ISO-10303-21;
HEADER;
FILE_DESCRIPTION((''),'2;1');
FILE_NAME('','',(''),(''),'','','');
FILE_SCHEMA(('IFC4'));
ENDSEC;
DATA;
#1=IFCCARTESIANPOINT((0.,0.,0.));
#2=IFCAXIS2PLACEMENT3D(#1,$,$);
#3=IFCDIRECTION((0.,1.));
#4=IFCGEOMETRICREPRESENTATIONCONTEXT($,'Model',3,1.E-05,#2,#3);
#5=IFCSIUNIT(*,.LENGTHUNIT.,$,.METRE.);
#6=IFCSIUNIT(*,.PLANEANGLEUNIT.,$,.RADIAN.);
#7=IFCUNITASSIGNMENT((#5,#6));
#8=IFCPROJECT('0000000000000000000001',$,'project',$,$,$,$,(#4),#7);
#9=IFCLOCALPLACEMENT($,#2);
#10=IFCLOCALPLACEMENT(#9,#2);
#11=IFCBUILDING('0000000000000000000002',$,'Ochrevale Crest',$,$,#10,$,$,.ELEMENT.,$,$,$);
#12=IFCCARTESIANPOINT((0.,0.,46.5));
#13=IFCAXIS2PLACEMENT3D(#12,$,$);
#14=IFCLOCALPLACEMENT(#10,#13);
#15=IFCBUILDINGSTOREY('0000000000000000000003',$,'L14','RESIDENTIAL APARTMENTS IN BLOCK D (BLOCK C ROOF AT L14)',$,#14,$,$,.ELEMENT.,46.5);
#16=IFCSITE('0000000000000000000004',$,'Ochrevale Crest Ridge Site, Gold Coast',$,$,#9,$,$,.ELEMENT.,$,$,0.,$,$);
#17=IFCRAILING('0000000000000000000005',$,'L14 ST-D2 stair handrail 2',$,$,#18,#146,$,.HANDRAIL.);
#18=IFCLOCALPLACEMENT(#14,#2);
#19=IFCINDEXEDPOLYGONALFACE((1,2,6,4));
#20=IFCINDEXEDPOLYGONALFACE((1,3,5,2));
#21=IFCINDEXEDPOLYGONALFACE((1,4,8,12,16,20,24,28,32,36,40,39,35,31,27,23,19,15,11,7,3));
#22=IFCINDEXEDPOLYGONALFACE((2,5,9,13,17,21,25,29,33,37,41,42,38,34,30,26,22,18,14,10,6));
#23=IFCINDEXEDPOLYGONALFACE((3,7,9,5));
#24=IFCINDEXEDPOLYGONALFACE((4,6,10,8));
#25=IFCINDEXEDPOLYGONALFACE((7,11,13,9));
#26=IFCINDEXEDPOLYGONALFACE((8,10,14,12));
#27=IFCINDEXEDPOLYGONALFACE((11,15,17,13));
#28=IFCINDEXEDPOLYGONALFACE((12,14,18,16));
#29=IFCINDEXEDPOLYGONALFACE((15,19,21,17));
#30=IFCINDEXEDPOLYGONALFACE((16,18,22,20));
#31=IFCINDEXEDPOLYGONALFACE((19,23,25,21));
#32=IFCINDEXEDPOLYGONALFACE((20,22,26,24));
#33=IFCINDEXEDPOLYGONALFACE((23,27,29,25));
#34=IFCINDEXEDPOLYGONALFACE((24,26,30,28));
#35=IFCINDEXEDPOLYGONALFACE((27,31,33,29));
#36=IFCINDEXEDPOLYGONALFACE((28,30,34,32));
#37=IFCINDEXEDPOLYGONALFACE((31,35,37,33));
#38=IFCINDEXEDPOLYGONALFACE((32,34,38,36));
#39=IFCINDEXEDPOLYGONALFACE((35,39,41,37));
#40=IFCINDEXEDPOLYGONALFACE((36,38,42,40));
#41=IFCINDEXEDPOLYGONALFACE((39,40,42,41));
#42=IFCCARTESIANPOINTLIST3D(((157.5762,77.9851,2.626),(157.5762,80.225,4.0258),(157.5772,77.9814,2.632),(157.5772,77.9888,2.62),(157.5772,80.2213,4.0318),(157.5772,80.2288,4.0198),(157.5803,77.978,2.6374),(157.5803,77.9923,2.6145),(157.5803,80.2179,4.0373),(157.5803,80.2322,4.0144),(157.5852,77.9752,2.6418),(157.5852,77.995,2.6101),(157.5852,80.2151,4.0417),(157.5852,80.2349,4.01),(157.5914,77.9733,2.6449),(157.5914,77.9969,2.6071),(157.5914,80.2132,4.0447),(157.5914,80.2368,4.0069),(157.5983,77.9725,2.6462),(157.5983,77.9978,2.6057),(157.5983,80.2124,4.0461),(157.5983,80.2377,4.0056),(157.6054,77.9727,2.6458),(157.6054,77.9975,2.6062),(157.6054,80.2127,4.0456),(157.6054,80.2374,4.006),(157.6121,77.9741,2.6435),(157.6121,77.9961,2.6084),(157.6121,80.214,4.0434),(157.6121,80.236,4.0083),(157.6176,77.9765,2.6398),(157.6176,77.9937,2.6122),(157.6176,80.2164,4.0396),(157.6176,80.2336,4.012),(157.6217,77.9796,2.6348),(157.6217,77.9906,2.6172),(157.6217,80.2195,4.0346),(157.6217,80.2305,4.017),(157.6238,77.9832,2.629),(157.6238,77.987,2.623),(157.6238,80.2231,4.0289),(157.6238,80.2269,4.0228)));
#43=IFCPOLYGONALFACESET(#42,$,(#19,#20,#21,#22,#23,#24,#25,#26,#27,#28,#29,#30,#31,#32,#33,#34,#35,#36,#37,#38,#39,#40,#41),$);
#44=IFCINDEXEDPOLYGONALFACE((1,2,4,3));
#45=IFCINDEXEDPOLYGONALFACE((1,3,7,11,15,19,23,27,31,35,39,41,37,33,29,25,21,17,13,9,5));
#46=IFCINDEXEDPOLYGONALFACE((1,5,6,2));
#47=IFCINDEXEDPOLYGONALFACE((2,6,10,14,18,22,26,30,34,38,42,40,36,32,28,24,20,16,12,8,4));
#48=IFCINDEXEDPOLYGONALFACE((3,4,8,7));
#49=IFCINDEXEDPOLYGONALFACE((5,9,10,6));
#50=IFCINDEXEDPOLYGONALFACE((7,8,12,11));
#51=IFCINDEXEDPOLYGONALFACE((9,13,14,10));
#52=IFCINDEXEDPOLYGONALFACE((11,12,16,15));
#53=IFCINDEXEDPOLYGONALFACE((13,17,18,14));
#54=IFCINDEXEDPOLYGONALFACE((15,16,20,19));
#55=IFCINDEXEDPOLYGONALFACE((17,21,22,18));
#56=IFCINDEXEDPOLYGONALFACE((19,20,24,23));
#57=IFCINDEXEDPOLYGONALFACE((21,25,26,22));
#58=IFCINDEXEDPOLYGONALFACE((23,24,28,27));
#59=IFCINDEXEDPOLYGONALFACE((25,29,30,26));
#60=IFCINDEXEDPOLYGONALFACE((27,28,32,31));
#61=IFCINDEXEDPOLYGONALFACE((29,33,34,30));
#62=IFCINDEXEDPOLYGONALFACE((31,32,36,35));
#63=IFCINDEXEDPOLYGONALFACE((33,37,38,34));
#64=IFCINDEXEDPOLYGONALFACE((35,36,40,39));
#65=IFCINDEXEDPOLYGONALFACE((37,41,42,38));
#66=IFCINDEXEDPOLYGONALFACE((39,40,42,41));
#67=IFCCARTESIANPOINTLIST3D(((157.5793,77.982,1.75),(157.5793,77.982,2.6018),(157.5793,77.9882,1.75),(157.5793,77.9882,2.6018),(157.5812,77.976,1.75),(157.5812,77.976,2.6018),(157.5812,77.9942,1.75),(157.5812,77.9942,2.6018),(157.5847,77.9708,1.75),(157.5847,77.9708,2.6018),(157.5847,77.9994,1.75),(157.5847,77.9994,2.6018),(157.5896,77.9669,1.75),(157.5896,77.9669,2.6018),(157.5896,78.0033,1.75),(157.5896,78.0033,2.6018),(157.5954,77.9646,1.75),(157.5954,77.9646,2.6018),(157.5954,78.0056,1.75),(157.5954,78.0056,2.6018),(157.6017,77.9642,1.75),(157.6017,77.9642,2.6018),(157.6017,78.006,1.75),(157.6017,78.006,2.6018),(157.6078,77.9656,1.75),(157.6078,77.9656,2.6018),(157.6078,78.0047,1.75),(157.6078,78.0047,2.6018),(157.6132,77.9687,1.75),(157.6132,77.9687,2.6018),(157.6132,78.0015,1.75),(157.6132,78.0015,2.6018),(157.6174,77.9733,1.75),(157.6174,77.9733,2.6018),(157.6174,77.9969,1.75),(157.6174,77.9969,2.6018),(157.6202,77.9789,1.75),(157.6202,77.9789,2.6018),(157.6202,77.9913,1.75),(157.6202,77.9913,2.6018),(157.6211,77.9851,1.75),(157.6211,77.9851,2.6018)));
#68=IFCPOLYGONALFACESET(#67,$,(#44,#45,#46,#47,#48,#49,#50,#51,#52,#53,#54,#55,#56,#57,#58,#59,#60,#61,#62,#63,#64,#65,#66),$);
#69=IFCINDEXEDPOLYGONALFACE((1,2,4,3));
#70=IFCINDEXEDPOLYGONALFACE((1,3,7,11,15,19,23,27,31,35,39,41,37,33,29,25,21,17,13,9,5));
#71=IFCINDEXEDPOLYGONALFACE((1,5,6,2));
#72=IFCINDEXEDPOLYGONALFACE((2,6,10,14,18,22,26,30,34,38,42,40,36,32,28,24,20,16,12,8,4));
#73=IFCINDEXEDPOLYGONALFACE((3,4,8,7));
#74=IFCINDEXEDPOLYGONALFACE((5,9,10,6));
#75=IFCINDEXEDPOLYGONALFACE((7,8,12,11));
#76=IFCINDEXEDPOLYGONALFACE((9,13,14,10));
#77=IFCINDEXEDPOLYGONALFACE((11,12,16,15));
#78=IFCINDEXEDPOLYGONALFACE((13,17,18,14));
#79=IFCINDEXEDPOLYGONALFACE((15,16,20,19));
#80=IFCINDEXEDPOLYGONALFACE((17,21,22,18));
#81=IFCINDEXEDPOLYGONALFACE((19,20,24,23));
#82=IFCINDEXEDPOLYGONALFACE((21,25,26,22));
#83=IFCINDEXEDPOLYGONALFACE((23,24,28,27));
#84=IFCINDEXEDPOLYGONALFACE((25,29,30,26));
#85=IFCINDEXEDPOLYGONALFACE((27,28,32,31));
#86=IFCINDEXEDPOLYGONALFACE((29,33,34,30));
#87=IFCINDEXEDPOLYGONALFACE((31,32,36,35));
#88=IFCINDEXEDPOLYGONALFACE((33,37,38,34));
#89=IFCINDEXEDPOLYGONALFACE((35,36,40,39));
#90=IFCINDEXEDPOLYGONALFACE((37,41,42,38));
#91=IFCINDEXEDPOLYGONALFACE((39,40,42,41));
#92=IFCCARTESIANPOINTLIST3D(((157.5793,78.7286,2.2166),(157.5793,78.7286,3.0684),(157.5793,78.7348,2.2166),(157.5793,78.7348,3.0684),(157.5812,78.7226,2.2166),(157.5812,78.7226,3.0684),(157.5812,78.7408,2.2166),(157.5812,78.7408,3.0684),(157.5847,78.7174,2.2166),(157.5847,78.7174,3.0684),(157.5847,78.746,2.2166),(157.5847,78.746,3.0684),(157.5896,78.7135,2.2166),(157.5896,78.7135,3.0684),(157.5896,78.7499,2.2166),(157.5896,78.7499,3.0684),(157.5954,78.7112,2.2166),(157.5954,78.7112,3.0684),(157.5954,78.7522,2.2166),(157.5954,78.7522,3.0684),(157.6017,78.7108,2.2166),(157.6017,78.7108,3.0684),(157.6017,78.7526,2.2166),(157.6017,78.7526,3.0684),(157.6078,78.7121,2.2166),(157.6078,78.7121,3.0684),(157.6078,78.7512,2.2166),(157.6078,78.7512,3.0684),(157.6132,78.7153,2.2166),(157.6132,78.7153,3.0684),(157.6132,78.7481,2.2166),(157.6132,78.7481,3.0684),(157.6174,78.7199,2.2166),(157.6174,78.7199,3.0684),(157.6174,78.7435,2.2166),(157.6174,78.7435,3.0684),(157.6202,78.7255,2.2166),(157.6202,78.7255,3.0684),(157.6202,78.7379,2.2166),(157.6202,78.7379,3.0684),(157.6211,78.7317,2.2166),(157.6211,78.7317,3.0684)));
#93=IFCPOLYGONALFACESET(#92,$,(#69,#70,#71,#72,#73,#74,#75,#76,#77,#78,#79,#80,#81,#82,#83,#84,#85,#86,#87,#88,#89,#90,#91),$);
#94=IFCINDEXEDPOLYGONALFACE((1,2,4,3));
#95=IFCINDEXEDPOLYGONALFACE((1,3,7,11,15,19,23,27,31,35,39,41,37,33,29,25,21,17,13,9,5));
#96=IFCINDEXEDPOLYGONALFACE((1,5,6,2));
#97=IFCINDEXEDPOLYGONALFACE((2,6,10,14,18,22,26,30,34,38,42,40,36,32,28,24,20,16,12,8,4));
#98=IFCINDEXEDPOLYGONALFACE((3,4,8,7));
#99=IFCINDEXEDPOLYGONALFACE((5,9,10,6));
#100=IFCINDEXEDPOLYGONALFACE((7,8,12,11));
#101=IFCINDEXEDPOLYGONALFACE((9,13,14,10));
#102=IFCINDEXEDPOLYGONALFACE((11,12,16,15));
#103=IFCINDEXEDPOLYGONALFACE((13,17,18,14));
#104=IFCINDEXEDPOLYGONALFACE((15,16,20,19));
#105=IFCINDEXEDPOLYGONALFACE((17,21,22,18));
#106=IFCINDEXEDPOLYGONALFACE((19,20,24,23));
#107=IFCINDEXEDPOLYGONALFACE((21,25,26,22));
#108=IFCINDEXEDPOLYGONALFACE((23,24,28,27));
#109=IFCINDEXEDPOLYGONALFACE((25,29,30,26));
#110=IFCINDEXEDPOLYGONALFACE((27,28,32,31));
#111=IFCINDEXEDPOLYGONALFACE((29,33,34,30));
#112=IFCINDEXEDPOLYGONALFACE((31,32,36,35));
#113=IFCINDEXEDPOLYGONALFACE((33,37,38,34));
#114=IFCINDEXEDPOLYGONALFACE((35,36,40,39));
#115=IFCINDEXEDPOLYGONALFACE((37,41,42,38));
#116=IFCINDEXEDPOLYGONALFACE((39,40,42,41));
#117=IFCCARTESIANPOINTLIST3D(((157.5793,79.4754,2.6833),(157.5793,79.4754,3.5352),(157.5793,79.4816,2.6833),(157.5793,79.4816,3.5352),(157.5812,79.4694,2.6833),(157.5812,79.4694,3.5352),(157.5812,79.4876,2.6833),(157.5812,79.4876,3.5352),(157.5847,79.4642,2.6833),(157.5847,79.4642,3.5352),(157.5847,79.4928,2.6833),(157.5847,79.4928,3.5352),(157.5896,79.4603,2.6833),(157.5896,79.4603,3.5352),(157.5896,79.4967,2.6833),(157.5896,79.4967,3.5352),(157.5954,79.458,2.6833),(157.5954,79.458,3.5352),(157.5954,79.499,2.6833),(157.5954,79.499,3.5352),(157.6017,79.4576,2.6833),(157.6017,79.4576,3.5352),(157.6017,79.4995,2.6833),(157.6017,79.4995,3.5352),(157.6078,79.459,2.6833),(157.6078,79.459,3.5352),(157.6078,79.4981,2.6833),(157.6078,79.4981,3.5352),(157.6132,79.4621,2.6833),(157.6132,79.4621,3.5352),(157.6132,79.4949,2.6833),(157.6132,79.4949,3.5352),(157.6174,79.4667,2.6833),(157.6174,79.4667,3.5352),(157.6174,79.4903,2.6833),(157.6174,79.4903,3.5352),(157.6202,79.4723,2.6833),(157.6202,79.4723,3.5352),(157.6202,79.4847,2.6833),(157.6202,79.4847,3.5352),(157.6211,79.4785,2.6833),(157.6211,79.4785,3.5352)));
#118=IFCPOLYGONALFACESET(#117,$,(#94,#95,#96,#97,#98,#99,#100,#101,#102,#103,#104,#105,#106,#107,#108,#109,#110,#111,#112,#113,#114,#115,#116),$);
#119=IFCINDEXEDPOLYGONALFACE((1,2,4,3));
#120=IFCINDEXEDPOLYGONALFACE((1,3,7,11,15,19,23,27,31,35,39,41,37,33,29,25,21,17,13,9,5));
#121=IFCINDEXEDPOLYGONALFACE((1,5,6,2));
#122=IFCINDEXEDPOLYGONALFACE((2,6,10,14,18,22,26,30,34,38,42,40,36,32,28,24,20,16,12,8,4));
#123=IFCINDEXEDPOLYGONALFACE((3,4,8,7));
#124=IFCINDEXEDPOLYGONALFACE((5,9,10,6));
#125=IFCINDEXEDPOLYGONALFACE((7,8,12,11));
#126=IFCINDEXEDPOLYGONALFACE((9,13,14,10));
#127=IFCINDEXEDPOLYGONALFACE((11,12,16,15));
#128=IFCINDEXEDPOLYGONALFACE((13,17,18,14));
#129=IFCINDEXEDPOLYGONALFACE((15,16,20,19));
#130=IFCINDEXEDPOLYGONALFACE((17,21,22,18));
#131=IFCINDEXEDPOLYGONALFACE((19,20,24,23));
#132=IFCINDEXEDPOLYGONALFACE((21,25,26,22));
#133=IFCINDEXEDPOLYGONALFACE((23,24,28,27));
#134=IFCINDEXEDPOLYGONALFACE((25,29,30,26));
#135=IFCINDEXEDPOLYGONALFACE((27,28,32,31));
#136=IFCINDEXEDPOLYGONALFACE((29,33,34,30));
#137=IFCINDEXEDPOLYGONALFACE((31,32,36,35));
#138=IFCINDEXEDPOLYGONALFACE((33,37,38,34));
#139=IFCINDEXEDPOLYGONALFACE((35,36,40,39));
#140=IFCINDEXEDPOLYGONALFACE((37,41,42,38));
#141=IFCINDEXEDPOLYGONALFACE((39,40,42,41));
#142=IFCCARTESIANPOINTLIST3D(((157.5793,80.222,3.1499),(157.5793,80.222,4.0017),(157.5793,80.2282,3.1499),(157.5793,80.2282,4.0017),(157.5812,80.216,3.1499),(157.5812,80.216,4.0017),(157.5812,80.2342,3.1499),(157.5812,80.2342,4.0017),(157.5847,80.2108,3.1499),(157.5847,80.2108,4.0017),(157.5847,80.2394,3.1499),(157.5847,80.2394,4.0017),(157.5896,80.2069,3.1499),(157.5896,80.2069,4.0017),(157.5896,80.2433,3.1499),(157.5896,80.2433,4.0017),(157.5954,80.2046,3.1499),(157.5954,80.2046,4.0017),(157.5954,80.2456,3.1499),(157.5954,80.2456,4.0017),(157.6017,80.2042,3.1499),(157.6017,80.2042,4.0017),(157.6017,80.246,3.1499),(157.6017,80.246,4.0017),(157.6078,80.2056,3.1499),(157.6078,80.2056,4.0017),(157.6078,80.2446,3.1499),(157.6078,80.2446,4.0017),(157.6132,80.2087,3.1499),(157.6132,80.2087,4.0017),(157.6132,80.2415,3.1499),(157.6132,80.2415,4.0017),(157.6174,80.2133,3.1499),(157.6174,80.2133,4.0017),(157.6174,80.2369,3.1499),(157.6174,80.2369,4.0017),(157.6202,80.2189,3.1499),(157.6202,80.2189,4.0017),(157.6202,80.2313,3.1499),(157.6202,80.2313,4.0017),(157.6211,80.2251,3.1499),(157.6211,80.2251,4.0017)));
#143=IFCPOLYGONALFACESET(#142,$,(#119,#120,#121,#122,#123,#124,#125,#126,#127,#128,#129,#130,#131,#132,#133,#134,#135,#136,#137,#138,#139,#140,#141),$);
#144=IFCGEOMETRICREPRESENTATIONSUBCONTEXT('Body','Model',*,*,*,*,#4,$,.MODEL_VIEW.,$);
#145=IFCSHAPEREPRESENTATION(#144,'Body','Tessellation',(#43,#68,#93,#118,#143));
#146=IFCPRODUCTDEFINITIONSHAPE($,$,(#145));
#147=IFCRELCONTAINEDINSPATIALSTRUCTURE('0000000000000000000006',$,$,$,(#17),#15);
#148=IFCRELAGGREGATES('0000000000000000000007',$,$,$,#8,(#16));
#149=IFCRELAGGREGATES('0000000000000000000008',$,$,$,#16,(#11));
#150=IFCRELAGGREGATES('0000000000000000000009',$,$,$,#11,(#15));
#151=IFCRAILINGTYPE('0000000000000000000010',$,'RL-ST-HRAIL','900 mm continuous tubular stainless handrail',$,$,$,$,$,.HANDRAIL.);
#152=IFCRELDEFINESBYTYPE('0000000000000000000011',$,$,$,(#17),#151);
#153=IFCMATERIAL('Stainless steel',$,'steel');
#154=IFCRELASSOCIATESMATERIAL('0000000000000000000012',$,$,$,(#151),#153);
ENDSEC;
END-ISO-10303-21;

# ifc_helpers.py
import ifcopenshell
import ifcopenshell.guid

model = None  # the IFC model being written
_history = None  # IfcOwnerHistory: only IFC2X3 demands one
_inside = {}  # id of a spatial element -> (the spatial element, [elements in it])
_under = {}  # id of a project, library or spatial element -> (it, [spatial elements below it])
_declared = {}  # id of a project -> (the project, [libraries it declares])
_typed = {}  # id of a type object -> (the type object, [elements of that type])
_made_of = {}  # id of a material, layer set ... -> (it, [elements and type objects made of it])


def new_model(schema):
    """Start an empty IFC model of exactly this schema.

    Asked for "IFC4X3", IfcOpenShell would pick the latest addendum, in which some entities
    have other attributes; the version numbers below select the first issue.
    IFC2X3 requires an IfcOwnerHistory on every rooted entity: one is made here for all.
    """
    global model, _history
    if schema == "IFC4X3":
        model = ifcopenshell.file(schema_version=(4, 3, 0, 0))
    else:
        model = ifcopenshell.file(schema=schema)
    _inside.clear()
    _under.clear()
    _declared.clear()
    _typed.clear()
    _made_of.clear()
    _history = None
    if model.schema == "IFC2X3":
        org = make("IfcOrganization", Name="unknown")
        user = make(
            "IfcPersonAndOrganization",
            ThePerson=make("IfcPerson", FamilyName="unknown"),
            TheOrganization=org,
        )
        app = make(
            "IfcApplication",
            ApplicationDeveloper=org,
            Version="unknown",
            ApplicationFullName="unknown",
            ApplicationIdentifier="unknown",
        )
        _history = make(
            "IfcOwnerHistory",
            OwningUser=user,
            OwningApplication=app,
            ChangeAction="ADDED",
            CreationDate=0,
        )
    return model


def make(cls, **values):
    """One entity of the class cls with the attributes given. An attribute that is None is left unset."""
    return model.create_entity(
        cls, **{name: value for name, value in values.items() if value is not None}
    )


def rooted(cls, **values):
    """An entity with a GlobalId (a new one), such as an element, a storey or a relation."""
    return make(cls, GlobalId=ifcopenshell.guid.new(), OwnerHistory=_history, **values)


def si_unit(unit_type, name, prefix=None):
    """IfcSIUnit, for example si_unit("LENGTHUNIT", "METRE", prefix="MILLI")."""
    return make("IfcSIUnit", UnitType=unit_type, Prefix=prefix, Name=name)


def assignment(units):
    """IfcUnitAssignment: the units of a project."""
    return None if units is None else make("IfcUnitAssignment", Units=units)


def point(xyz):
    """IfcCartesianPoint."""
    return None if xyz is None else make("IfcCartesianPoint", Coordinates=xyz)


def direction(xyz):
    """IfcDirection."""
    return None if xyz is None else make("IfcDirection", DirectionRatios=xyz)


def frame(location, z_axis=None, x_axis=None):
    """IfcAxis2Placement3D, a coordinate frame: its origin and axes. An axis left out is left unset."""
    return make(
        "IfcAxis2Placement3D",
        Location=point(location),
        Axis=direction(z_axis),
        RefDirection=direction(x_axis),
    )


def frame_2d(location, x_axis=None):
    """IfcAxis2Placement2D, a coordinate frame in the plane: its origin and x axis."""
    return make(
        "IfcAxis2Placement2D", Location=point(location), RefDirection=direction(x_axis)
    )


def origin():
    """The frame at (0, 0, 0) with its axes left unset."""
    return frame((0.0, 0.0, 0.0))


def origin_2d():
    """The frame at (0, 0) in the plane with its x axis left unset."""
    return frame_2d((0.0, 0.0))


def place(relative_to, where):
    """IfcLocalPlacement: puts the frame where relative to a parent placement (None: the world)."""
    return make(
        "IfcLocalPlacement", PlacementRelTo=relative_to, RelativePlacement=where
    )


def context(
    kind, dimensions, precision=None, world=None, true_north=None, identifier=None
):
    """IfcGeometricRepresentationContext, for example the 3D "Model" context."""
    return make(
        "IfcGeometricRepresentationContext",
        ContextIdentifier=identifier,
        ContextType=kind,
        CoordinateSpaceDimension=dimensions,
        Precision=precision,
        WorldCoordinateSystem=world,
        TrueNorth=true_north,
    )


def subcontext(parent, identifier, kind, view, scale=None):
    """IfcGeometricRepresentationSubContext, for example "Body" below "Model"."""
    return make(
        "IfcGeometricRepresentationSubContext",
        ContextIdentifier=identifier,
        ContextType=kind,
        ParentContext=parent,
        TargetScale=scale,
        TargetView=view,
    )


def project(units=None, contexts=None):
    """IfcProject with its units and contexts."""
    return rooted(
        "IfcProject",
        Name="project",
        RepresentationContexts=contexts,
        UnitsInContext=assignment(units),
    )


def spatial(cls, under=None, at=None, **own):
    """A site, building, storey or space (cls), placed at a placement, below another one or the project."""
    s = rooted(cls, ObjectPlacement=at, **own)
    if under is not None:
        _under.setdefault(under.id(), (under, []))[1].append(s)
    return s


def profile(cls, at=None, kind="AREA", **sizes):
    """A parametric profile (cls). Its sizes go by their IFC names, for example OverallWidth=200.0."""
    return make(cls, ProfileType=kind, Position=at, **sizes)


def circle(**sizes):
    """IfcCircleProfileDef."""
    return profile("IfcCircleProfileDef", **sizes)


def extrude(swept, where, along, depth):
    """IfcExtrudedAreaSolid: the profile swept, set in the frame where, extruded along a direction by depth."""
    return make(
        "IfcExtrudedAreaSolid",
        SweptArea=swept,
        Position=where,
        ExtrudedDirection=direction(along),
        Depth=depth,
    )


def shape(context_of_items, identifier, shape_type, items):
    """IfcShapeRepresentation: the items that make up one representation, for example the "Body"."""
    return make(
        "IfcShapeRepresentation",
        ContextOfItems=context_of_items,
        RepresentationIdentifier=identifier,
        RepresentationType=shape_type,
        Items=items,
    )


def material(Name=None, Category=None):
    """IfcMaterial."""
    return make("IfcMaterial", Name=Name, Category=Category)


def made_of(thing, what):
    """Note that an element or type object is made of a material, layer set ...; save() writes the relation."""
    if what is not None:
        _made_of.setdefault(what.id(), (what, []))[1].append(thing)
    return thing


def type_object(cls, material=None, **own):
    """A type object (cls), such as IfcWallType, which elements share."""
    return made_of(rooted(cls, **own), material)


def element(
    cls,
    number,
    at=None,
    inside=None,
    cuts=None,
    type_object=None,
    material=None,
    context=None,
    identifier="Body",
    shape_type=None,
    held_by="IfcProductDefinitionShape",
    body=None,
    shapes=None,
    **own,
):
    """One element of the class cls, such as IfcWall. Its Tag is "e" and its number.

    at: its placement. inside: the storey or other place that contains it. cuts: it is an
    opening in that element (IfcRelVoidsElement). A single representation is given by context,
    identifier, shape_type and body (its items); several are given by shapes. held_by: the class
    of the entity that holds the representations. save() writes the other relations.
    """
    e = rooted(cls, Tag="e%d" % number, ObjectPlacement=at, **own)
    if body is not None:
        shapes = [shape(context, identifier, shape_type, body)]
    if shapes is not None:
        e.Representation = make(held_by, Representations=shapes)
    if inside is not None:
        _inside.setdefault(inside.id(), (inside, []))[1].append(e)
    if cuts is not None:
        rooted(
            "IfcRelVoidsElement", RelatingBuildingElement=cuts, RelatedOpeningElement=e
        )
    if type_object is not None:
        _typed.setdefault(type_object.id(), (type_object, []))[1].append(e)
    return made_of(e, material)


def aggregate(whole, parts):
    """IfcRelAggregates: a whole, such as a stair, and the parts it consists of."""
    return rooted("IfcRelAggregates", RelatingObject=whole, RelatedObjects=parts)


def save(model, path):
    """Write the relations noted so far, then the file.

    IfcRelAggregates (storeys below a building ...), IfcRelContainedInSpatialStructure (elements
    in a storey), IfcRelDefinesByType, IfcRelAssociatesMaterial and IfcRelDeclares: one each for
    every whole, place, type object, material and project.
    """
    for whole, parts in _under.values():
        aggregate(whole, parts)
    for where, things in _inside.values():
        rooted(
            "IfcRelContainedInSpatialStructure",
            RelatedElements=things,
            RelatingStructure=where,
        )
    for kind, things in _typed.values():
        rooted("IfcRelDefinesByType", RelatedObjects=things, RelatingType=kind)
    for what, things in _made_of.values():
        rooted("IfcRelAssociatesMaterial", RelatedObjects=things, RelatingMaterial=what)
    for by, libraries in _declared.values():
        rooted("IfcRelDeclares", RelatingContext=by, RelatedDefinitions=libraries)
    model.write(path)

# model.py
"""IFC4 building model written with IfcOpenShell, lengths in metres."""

from ifc_helpers import new_model, si_unit, direction, frame, origin, origin_2d, place, context, subcontext, project, spatial, circle, extrude, material, type_object, element, save


model = new_model("IFC4")

# Units and contexts
model_context = context("Model", 3, precision=1e-05, world=origin(), true_north=direction((0.0, 1.0)))
body_context = subcontext(model_context, "Body", "Model", "MODEL_VIEW")
ifc_project = project(units=[si_unit("LENGTHUNIT", "METRE"), si_unit("PLANEANGLEUNIT", "RADIAN")], contexts=[model_context])

# Site, building, storey
site_placement = place(None, origin())
site = spatial("IfcSite", under=ifc_project, at=site_placement, Name="Ochrevale Crest Ridge Site, Gold Coast", CompositionType="ELEMENT", RefElevation=0.0)
building_placement = place(site_placement, origin())
building = spatial("IfcBuilding", under=site, at=building_placement, Name="Ochrevale Crest", CompositionType="ELEMENT")
storey_placement = place(building_placement, frame((0.0, 0.0, 46.5)))
storey = spatial("IfcBuildingStorey", under=building, at=storey_placement, Name="L14", Description="RESIDENTIAL APARTMENTS IN BLOCK D (BLOCK C ROOF AT L14)", CompositionType="ELEMENT", Elevation=46.5)

# Railing
ifc_material_1 = material(Name="Stainless steel", Category="steel")
railing_type_1 = type_object("IfcRailingType", Name="RL-ST-HRAIL", Description="900 mm continuous tubular stainless handrail", PredefinedType="HANDRAIL", material=ifc_material_1)
railing_1_placement = place(storey_placement, frame((157.6001, 77.9851, 1.75)))
element("IfcRailing", 1, at=railing_1_placement, inside=storey, type_object=railing_type_1, Name="L14 ST-D2 stair handrail 2", PredefinedType="HANDRAIL", context=body_context, shape_type="SweptSolid", body=[
    extrude(circle(Radius=0.0239, at=origin_2d()), frame((0.0, 0.0, 0.876), z_axis=(0.0, 0.848014, 0.529974), x_axis=(-1.0, 0.0, 0.0)), (0.0, 0.0, 1.0), 2.6414),
    extrude(circle(Radius=0.021, at=origin_2d()), origin(), (0.0, 0.0, 1.0), 0.8518),
    extrude(circle(Radius=0.021, at=origin_2d()), frame((0.0, 0.7466, 0.4666)), (0.0, 0.0, 1.0), 0.8518),
    extrude(circle(Radius=0.021, at=origin_2d()), frame((0.0, 1.4934, 0.9333)), (0.0, 0.0, 1.0), 0.8518),
    extrude(circle(Radius=0.021, at=origin_2d()), frame((0.0, 2.24, 1.3999)), (0.0, 0.0, 1.0), 0.8518),
])

save(model, "model.ifc")
